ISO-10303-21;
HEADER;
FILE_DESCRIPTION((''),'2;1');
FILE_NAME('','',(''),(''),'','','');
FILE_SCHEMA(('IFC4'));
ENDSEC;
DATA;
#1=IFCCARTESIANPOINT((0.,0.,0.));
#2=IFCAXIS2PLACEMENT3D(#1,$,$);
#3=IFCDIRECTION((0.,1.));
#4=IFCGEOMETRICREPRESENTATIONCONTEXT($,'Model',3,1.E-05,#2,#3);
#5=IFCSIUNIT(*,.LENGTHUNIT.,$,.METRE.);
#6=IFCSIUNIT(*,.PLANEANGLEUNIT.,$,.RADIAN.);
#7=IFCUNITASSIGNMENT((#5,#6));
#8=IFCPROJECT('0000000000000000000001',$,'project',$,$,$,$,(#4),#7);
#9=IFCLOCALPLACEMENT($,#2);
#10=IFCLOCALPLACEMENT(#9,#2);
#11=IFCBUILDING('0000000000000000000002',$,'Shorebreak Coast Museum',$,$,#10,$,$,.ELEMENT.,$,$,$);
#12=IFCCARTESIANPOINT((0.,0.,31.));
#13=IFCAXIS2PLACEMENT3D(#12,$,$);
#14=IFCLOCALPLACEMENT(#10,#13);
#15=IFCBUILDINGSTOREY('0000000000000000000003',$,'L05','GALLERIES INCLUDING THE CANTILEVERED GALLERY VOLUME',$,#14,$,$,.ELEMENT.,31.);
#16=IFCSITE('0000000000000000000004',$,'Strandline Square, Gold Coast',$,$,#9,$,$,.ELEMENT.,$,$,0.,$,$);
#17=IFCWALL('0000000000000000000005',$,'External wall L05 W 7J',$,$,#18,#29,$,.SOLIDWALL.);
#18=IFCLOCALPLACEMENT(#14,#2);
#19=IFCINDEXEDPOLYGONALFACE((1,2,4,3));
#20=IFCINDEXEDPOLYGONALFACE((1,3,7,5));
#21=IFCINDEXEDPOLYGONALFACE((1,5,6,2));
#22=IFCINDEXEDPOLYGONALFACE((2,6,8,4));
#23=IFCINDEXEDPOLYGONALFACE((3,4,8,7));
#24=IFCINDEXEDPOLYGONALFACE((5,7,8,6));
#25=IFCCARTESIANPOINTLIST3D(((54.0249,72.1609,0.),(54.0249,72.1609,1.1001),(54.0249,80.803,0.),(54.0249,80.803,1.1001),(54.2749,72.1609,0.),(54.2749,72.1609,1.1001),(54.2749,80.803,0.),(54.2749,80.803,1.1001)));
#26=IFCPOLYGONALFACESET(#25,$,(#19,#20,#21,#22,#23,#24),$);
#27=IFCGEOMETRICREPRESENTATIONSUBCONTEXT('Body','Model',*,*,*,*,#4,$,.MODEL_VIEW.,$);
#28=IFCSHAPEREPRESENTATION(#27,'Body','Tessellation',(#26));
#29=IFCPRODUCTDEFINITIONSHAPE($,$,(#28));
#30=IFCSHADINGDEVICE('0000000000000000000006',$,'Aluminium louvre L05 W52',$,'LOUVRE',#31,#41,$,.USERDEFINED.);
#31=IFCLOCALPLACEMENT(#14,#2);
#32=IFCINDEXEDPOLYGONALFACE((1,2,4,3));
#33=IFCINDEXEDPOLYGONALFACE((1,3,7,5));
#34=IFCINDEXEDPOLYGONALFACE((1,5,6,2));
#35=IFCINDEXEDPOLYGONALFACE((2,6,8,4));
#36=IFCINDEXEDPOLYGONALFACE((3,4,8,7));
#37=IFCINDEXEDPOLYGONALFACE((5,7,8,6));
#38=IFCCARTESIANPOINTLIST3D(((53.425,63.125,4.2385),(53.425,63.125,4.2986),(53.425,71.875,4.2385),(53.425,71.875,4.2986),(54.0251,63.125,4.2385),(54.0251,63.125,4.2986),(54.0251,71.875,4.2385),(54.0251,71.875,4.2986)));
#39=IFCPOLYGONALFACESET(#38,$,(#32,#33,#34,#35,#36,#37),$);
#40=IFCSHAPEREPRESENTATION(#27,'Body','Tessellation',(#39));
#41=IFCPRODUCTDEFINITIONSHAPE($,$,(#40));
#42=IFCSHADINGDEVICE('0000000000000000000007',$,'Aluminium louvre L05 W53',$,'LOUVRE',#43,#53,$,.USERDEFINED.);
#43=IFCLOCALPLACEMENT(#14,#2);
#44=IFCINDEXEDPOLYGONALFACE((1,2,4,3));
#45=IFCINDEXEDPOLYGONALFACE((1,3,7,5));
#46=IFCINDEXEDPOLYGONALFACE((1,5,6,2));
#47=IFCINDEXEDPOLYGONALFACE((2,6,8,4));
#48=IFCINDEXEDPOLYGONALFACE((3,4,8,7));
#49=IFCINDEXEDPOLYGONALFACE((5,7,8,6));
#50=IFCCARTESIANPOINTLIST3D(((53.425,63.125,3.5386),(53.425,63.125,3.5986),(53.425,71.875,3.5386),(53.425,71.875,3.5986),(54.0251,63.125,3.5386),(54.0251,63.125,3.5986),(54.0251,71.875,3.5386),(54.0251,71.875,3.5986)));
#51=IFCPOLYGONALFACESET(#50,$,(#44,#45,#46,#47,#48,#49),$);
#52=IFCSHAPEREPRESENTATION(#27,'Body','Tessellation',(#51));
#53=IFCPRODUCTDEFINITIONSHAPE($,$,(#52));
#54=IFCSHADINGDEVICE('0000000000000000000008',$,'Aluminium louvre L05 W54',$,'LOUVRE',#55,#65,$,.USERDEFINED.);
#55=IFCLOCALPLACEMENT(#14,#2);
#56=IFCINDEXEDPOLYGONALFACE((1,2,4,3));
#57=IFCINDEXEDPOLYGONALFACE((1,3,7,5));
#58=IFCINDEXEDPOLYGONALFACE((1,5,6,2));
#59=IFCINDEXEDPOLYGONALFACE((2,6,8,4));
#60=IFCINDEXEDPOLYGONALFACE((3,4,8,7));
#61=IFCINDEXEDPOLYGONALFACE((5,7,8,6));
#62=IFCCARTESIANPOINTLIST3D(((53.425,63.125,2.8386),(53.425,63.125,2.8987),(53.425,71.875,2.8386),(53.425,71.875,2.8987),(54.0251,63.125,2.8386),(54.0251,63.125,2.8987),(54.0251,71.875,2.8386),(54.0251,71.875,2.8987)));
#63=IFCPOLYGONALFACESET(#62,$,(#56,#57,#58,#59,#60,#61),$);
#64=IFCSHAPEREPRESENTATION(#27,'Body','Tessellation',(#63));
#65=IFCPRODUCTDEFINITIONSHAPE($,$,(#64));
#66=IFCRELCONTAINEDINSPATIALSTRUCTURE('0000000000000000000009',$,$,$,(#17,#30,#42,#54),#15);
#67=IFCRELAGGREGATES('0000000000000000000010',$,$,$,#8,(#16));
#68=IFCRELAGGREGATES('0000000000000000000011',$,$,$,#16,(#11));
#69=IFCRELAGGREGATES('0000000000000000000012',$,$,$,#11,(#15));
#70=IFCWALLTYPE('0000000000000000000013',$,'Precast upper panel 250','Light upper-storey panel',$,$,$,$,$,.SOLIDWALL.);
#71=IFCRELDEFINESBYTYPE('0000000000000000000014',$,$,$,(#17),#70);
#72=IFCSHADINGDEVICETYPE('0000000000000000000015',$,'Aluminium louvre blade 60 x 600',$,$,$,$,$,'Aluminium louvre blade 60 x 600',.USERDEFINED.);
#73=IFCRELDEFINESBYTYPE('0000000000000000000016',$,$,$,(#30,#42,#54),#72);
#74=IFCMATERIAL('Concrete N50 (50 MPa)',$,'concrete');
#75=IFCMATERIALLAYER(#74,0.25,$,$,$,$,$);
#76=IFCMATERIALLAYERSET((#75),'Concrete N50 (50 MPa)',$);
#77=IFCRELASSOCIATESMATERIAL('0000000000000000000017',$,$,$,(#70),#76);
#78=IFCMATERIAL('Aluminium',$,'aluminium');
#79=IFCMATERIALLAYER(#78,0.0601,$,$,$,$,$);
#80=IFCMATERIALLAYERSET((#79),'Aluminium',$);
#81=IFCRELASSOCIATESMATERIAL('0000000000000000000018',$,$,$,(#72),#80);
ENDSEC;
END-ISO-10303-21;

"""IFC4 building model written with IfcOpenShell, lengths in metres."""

from ifc_helpers import new_model, si_unit, direction, frame, frame_2d, origin, origin_2d, place, context, subcontext, project, spatial, rectangle, extrude, material, layer, layer_set, type_object, element, save


model = new_model("IFC4")

# Units and contexts
model_context = context("Model", 3, precision=1e-05, world=origin(), true_north=direction((0.0, 1.0)))
body_context = subcontext(model_context, "Body", "Model", "MODEL_VIEW")
ifc_project = project(units=[si_unit("LENGTHUNIT", "METRE"), si_unit("PLANEANGLEUNIT", "RADIAN")], contexts=[model_context])

# Site, building, storey
site_placement = place(None, origin())
site = spatial("IfcSite", under=ifc_project, at=site_placement, Name="Strandline Square, Gold Coast", CompositionType="ELEMENT", RefElevation=0.0)
building_placement = place(site_placement, origin())
building = spatial("IfcBuilding", under=site, at=building_placement, Name="Shorebreak Coast Museum", CompositionType="ELEMENT")
storey_placement = place(building_placement, frame((0.0, 0.0, 31.0)))
storey = spatial("IfcBuildingStorey", under=building, at=storey_placement, Name="L05", Description="GALLERIES INCLUDING THE CANTILEVERED GALLERY VOLUME", CompositionType="ELEMENT", Elevation=31.0)

# Wall
ifc_material_1 = material(Name="Concrete N50 (50 MPa)", Category="concrete")
ifc_layer_1 = layer(ifc_material_1, 0.25)
ifc_layer_set_1 = layer_set([ifc_layer_1], Name="Concrete N50 (50 MPa)")
wall_type = type_object("IfcWallType", Name="Precast upper panel 250", Description="Light upper-storey panel", PredefinedType="SOLIDWALL", material=ifc_layer_set_1)
wall_placement = place(storey_placement, frame((54.1499, 72.1609, 0.0), z_axis=(0.0, 0.0, 1.0), x_axis=(0.0, 1.0, 0.0)))
element("IfcWall", 1, at=wall_placement, inside=storey, type_object=wall_type, Name="External wall L05 W 7J", PredefinedType="SOLIDWALL", context=body_context, shape_type="SweptSolid", body=[
    extrude(rectangle(XDim=8.6421, YDim=0.25, at=frame_2d((4.321, 0.0))), origin(), (0.0, 0.0, 1.0), 1.1001),
])

# Shading devices
ifc_material_2 = material(Name="Aluminium", Category="aluminium")
ifc_layer_2 = layer(ifc_material_2, 0.0601)
ifc_layer_set_2 = layer_set([ifc_layer_2], Name="Aluminium")
shading_device_type = type_object("IfcShadingDeviceType", Name="Aluminium louvre blade 60 x 600", ElementType="Aluminium louvre blade 60 x 600", PredefinedType="USERDEFINED", material=ifc_layer_set_2)
for number, where, z_axis, x_axis, name in (
    (2, (53.7251, 67.5, 4.2385), (0.0, 0.0, 1.0), (1.0, 0.0, 0.0), "Aluminium louvre L05 W52"),
    (3, (53.7251, 67.5, 3.5386), (0.0, 0.0, 1.0), (1.0, 0.0, 0.0), "Aluminium louvre L05 W53"),
    (4, (53.7251, 67.5, 2.8386), (0.0, 0.0, 1.0), (1.0, 0.0, 0.0), "Aluminium louvre L05 W54"),
):
    element("IfcShadingDevice", number, at=place(storey_placement, frame(where, z_axis=z_axis, x_axis=x_axis)), inside=storey, type_object=shading_device_type, Name=name, ObjectType="LOUVRE", PredefinedType="USERDEFINED", context=body_context, shape_type="SweptSolid", body=[
        extrude(rectangle(XDim=0.6001, YDim=8.75, at=origin_2d()), origin(), (0.0, 0.0, 1.0), 0.0601),
    ])

save(model, "model.ifc")
